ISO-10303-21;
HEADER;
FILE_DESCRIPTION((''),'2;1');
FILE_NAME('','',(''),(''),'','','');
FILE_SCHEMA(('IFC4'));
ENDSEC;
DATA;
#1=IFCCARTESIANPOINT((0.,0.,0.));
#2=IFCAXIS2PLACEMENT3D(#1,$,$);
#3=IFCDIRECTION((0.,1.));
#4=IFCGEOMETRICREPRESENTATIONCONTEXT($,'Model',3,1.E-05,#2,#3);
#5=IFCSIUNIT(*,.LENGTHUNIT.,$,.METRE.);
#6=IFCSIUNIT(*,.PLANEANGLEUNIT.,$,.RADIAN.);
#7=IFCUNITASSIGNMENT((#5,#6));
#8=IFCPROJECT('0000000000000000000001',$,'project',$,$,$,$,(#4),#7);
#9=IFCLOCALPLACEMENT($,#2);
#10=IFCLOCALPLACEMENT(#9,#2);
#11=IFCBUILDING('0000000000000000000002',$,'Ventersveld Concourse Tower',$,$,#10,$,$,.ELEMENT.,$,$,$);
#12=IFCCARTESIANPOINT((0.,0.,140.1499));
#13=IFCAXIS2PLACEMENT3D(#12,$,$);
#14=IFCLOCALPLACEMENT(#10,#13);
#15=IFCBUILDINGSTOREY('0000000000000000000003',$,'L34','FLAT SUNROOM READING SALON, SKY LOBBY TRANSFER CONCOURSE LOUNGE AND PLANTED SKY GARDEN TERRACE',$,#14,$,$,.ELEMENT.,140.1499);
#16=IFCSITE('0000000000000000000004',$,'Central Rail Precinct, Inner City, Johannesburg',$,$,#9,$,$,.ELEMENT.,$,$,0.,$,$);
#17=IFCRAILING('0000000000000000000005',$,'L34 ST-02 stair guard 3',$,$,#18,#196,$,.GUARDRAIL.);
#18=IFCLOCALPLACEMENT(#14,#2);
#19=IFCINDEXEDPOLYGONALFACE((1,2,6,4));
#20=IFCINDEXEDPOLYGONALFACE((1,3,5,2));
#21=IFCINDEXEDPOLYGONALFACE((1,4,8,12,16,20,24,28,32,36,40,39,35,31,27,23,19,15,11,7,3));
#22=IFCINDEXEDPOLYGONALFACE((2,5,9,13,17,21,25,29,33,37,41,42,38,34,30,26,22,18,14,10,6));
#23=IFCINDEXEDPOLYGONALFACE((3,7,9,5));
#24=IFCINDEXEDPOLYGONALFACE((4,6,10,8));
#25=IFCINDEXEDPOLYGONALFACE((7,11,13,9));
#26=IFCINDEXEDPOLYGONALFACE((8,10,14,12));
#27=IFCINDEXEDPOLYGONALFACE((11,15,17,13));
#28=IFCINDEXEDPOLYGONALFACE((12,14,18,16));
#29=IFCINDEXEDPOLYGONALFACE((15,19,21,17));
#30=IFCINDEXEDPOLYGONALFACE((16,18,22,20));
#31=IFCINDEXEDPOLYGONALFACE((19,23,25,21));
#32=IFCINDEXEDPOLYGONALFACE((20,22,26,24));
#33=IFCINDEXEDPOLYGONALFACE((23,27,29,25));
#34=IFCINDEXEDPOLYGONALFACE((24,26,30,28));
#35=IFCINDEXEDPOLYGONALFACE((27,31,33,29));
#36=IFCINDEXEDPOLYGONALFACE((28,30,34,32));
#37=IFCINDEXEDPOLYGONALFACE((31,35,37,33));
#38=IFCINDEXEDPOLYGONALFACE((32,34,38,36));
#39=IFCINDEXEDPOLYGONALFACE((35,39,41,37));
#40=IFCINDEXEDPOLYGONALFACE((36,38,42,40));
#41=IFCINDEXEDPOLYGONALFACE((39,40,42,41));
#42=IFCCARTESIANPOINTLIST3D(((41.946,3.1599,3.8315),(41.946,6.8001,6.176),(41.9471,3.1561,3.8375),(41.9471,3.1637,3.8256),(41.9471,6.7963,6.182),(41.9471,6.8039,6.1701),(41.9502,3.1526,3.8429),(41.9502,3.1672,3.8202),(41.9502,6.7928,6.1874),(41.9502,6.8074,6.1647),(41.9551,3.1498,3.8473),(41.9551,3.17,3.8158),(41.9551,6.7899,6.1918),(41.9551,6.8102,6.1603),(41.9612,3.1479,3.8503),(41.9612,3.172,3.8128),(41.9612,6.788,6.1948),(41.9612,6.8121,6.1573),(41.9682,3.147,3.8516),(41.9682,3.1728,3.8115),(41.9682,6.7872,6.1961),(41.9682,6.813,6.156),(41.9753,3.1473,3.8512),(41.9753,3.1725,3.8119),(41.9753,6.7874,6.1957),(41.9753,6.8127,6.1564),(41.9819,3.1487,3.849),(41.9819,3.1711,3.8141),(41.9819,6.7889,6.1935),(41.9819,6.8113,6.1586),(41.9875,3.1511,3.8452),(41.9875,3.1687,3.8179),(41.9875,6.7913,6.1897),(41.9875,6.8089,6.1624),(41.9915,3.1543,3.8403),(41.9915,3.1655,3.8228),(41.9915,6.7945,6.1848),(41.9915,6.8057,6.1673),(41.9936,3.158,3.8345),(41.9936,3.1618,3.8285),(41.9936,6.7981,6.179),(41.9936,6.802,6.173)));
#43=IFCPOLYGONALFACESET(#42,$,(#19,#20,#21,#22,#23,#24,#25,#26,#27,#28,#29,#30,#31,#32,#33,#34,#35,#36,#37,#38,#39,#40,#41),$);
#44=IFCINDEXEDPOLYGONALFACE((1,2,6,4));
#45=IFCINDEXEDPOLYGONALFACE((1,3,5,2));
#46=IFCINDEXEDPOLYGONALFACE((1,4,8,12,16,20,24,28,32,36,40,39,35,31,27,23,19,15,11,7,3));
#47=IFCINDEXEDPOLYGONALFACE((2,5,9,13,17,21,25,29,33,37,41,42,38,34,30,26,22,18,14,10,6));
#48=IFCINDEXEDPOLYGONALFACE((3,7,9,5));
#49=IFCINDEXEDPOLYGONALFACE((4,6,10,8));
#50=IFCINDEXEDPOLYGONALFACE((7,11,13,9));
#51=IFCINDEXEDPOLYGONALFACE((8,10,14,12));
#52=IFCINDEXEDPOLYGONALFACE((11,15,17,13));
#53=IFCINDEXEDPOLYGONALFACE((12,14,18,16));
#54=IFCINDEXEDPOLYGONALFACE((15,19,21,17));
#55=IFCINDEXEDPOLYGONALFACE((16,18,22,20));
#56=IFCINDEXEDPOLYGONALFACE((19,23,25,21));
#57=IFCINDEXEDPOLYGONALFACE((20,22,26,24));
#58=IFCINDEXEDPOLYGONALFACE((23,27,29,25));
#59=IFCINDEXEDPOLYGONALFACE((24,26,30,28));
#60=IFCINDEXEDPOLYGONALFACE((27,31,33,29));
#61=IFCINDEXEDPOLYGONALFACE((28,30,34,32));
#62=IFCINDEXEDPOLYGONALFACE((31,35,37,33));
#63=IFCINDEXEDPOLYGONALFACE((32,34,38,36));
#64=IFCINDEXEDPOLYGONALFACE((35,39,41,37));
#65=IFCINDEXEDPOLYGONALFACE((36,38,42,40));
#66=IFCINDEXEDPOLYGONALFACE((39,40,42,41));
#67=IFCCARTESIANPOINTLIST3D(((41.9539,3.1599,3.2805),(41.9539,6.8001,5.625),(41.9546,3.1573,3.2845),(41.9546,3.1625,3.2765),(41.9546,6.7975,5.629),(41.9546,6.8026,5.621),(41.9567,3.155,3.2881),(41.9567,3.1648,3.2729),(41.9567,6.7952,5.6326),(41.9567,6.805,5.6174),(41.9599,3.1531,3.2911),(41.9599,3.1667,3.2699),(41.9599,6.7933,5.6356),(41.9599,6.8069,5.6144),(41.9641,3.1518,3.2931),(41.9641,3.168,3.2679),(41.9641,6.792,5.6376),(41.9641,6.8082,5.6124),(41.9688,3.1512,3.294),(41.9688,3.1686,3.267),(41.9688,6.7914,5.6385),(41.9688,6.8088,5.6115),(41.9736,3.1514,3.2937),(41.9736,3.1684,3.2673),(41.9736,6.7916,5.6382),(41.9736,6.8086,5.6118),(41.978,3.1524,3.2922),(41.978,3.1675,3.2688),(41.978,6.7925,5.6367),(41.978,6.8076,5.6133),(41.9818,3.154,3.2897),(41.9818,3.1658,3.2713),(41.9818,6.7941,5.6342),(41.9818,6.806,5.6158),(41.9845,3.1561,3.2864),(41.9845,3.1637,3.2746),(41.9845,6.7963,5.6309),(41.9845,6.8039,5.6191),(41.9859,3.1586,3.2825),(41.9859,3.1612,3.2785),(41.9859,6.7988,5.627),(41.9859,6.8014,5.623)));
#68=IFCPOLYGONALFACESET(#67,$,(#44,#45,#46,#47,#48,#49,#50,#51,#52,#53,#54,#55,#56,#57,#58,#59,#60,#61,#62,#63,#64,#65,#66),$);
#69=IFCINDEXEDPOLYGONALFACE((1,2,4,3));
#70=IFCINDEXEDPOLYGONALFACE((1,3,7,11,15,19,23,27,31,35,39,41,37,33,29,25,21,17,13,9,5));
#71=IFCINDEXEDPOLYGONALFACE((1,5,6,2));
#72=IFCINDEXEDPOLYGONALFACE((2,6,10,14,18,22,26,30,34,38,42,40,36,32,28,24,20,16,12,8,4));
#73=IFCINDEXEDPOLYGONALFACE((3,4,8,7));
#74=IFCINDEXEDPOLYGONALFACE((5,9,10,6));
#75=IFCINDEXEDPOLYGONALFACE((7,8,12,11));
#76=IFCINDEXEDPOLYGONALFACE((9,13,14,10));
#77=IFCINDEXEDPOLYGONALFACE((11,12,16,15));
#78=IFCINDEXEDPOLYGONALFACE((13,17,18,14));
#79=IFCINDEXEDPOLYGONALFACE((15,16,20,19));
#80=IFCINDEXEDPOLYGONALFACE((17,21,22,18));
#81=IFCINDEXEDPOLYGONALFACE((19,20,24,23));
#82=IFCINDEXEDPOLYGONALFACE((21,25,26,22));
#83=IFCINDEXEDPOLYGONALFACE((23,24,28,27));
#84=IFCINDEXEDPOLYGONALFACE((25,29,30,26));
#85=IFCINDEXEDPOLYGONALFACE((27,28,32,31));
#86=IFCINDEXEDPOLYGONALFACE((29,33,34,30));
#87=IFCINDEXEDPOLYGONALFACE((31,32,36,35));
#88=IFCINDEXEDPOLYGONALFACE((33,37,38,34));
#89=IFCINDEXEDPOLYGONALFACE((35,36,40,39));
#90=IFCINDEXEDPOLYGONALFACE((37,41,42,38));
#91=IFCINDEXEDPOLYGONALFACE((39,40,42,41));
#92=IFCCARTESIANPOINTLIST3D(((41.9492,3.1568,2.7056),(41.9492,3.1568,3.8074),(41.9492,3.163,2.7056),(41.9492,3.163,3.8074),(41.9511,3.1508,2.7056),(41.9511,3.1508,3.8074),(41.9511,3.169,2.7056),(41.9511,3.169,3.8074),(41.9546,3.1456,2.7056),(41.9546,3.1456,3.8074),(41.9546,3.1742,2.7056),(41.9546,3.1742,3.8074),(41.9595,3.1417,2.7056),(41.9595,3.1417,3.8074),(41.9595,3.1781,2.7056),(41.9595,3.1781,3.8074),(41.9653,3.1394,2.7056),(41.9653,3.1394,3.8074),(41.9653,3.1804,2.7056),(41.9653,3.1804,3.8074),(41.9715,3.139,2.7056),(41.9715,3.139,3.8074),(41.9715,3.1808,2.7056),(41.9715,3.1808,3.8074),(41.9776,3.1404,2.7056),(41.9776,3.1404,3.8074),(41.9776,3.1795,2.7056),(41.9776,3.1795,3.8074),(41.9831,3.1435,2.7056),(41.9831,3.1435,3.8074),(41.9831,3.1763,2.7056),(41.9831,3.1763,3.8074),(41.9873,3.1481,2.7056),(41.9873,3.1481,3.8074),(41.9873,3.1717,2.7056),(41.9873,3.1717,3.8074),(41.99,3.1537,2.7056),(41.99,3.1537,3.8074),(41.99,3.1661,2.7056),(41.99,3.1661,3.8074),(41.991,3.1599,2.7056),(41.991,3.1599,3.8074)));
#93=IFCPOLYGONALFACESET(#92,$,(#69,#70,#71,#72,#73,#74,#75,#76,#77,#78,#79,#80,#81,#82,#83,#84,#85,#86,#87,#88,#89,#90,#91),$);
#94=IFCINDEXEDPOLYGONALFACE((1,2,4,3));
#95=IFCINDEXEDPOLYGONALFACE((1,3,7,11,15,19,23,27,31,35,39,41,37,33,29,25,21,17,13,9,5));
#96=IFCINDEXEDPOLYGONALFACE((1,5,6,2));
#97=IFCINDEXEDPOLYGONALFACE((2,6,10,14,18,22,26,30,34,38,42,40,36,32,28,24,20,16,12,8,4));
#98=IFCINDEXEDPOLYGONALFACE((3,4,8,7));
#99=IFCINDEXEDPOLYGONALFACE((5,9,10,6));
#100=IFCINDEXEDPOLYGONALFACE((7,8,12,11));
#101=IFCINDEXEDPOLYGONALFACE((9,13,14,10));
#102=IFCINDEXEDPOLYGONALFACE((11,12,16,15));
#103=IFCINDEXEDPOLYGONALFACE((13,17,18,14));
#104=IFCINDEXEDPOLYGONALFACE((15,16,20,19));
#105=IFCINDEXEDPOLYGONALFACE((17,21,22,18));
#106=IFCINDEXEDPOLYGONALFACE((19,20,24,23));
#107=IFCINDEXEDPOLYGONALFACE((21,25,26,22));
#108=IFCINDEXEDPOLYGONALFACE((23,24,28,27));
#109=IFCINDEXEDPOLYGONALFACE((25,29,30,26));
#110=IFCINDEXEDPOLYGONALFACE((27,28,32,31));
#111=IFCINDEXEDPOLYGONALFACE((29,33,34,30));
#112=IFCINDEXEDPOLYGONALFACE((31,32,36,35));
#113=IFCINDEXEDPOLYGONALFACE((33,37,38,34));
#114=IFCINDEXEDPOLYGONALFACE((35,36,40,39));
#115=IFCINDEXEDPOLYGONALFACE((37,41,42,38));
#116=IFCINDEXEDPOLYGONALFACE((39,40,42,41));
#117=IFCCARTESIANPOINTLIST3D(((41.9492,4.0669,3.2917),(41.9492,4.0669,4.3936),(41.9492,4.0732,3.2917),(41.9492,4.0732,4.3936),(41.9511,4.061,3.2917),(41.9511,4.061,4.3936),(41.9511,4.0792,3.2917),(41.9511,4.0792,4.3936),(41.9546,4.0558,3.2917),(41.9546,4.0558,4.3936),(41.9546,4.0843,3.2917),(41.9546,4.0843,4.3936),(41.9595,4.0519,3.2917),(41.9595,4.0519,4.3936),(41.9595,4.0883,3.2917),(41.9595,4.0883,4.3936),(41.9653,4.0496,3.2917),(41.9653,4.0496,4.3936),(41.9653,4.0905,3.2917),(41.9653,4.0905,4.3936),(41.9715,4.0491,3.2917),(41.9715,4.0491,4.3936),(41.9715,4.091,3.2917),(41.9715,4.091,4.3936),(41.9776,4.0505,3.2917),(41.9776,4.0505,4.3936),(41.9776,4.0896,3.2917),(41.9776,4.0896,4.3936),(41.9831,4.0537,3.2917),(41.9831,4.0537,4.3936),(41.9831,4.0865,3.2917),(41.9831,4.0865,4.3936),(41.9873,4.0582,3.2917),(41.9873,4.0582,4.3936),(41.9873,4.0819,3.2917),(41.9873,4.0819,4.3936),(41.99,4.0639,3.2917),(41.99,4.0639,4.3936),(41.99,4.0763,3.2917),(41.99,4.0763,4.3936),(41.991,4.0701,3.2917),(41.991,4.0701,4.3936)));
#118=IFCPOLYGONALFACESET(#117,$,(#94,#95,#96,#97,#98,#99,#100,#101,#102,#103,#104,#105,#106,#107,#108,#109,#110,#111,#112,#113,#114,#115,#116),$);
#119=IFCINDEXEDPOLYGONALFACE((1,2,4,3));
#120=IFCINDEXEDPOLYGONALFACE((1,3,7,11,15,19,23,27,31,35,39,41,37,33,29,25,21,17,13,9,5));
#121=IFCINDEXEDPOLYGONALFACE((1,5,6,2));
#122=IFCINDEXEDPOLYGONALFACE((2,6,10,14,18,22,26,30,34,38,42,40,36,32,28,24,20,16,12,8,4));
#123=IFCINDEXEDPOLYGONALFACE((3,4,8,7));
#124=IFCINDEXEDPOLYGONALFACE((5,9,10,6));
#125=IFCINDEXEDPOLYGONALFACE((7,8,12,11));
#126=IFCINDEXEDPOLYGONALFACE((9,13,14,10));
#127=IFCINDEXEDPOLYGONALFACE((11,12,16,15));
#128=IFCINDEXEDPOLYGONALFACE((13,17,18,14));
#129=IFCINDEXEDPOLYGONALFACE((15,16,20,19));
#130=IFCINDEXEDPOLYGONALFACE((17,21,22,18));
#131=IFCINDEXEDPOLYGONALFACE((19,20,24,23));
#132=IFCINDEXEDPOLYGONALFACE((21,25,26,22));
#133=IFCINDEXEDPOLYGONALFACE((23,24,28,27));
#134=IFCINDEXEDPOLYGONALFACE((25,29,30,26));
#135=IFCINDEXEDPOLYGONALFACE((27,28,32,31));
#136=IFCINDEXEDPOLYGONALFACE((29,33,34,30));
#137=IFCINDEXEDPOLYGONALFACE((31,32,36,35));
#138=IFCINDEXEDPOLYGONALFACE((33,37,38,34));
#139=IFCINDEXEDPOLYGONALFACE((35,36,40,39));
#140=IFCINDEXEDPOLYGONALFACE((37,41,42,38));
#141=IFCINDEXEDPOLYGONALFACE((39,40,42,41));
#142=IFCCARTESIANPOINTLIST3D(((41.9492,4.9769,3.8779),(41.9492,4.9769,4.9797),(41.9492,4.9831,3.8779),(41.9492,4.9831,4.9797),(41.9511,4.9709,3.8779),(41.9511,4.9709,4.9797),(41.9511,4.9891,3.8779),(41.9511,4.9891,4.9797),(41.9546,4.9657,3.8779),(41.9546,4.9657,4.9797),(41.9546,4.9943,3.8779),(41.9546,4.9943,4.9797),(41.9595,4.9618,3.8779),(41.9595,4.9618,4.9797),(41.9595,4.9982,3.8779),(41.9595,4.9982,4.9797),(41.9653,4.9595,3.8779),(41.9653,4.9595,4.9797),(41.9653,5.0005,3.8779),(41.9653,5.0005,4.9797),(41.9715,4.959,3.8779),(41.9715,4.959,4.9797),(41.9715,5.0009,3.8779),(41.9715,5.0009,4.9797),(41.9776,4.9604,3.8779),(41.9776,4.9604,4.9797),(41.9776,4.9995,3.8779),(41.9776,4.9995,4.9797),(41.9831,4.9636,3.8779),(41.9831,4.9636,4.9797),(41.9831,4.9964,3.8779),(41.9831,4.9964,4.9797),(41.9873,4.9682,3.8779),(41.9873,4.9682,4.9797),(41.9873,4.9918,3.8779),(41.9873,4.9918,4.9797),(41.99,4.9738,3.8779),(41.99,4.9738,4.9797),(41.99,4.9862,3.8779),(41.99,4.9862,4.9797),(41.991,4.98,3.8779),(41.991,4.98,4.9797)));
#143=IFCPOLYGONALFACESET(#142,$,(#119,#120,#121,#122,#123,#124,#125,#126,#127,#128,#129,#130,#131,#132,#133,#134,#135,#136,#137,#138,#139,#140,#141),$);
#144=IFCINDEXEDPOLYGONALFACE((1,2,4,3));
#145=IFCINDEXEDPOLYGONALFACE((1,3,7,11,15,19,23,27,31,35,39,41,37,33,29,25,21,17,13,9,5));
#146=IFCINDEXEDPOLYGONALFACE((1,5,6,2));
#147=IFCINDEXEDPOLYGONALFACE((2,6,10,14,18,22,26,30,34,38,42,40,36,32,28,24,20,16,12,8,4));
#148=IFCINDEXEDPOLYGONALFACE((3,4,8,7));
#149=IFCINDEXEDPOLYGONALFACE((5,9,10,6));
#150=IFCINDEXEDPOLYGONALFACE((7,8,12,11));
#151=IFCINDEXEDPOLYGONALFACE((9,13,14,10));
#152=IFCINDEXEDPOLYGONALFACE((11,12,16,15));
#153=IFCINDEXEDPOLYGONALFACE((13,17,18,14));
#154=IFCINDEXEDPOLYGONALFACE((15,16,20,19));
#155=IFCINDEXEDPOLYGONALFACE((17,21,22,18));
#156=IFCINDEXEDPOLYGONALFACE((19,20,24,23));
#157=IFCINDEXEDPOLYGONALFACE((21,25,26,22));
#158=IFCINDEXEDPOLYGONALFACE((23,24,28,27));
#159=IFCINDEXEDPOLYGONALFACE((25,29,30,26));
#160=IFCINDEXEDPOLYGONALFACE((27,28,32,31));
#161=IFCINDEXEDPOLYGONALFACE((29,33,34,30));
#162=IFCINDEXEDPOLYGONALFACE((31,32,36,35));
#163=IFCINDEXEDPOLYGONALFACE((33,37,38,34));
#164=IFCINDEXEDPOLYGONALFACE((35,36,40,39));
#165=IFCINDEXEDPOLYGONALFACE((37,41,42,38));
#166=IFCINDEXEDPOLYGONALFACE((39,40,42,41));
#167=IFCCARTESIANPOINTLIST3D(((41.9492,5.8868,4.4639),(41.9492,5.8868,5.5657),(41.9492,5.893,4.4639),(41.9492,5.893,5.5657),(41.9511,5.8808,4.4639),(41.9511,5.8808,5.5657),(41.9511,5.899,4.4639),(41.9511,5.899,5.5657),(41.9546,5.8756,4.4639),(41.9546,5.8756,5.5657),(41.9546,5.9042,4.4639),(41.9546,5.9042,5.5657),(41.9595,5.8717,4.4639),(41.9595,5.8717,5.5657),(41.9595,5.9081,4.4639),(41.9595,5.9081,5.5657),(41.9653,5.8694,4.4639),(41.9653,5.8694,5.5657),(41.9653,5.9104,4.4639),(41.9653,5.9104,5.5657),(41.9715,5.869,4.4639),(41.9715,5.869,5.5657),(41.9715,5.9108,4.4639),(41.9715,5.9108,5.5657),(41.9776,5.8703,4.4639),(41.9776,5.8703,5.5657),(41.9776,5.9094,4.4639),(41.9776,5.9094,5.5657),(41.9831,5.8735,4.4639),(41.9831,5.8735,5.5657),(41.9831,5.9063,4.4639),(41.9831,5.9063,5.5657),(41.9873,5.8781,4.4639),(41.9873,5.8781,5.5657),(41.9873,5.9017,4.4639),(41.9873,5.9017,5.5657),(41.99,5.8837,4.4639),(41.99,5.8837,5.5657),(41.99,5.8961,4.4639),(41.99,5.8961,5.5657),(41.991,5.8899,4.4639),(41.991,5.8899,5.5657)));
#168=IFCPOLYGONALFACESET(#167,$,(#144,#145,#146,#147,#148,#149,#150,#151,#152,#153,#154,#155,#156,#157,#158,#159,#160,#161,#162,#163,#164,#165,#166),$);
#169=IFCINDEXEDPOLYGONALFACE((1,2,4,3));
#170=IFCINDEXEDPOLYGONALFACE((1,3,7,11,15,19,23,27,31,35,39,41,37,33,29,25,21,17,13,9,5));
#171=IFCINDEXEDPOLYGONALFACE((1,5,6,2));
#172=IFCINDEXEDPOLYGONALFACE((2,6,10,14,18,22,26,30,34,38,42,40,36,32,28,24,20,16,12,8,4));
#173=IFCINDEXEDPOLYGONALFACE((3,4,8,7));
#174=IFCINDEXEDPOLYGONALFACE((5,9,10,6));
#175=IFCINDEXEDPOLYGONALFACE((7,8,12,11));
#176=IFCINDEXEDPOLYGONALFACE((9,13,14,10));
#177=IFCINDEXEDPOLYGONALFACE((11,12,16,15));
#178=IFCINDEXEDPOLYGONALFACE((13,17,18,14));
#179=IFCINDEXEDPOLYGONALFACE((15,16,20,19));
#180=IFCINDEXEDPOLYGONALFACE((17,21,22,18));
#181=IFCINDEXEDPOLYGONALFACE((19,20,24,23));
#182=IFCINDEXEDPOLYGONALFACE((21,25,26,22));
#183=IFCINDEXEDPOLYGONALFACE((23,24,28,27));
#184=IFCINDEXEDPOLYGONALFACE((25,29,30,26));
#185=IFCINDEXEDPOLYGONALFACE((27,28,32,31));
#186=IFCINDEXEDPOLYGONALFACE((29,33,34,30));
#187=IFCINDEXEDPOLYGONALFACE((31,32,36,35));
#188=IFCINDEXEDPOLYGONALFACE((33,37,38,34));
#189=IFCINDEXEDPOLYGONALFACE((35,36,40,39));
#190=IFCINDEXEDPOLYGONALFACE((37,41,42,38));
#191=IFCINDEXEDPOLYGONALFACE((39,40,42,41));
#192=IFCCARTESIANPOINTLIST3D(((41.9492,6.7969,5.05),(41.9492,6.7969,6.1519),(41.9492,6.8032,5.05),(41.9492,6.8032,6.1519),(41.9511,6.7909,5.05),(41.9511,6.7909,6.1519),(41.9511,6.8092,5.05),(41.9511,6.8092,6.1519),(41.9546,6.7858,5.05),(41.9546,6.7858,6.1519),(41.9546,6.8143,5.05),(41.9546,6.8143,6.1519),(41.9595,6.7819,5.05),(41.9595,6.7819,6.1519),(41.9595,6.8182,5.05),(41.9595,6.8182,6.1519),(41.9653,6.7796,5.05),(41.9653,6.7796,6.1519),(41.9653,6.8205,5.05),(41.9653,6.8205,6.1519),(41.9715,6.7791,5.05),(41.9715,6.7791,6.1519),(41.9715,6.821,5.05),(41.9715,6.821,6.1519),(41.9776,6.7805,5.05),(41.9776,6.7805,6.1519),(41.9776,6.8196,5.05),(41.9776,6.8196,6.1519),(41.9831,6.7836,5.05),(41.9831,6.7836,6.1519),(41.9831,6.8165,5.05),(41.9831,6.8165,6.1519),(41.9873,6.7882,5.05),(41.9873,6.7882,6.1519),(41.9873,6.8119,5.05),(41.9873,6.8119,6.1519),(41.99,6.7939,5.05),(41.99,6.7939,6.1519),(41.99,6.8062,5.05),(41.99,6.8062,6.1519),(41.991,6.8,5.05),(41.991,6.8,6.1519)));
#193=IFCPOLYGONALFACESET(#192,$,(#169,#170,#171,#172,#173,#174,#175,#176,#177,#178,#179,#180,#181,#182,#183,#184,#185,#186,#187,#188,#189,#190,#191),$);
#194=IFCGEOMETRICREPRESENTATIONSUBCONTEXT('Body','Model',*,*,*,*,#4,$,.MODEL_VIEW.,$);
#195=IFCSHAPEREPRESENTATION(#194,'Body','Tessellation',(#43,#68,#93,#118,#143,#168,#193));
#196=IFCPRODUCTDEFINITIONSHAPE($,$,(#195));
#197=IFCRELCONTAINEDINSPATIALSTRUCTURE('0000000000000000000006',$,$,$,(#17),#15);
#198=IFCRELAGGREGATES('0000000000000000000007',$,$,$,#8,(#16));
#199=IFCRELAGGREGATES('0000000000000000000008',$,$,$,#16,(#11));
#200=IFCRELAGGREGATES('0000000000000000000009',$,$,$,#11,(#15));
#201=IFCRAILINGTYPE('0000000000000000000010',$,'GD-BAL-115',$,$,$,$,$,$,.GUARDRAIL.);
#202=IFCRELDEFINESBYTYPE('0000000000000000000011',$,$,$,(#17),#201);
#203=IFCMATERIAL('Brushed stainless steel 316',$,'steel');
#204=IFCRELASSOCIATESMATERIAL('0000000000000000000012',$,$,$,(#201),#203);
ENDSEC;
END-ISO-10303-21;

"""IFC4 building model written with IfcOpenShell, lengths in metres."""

from ifc_helpers import new_model, si_unit, direction, frame, origin, origin_2d, place, context, subcontext, project, spatial, circle, extrude, material, type_object, element, save


model = new_model("IFC4")

# Units and contexts
model_context = context("Model", 3, precision=1e-05, world=origin(), true_north=direction((0.0, 1.0)))
body_context = subcontext(model_context, "Body", "Model", "MODEL_VIEW")
ifc_project = project(units=[si_unit("LENGTHUNIT", "METRE"), si_unit("PLANEANGLEUNIT", "RADIAN")], contexts=[model_context])

# Site, building, storey
site_placement = place(None, origin())
site = spatial("IfcSite", under=ifc_project, at=site_placement, Name="Central Rail Precinct, Inner City, Johannesburg", CompositionType="ELEMENT", RefElevation=0.0)
building_placement = place(site_placement, origin())
building = spatial("IfcBuilding", under=site, at=building_placement, Name="Ventersveld Concourse Tower", CompositionType="ELEMENT")
storey_placement = place(building_placement, frame((0.0, 0.0, 140.1499)))
storey = spatial("IfcBuildingStorey", under=building, at=storey_placement, Name="L34", Description="FLAT SUNROOM READING SALON, SKY LOBBY TRANSFER CONCOURSE LOUNGE AND PLANTED SKY GARDEN TERRACE", CompositionType="ELEMENT", Elevation=140.1499)

# Railing
ifc_material_1 = material(Name="Brushed stainless steel 316", Category="steel")
railing_type_1 = type_object("IfcRailingType", Name="GD-BAL-115", PredefinedType="GUARDRAIL", material=ifc_material_1)
railing_1_placement = place(storey_placement, frame((41.97, 3.1599, 2.7056)))
element("IfcRailing", 1, at=railing_1_placement, inside=storey, type_object=railing_type_1, Name="L34 ST-02 stair guard 3", PredefinedType="GUARDRAIL", context=body_context, shape_type="SweptSolid", body=[
    extrude(circle(Radius=0.0239, at=origin_2d()), frame((0.0, 0.0, 1.126), z_axis=(0.0, 0.840716, 0.541476), x_axis=(-1.0, 0.0, 0.0)), (0.0, 0.0, 1.0), 4.3298),
    extrude(circle(Radius=0.0161, at=origin_2d()), frame((0.0, 0.0, 0.575), z_axis=(0.0, 0.840716, 0.541476), x_axis=(-1.0, 0.0, 0.0)), (0.0, 0.0, 1.0), 4.3298),
    extrude(circle(Radius=0.021, at=origin_2d()), origin(), (0.0, 0.0, 1.0), 1.1018),
    extrude(circle(Radius=0.021, at=origin_2d()), frame((0.0, 0.9102, 0.5862)), (0.0, 0.0, 1.0), 1.1018),
    extrude(circle(Radius=0.021, at=origin_2d()), frame((0.0, 1.8201, 1.1724)), (0.0, 0.0, 1.0), 1.1018),
    extrude(circle(Radius=0.021, at=origin_2d()), frame((0.0, 2.73, 1.7583)), (0.0, 0.0, 1.0), 1.1018),
    extrude(circle(Radius=0.021, at=origin_2d()), frame((0.0, 3.6401, 2.3445)), (0.0, 0.0, 1.0), 1.1018),
])

save(model, "model.ifc")
